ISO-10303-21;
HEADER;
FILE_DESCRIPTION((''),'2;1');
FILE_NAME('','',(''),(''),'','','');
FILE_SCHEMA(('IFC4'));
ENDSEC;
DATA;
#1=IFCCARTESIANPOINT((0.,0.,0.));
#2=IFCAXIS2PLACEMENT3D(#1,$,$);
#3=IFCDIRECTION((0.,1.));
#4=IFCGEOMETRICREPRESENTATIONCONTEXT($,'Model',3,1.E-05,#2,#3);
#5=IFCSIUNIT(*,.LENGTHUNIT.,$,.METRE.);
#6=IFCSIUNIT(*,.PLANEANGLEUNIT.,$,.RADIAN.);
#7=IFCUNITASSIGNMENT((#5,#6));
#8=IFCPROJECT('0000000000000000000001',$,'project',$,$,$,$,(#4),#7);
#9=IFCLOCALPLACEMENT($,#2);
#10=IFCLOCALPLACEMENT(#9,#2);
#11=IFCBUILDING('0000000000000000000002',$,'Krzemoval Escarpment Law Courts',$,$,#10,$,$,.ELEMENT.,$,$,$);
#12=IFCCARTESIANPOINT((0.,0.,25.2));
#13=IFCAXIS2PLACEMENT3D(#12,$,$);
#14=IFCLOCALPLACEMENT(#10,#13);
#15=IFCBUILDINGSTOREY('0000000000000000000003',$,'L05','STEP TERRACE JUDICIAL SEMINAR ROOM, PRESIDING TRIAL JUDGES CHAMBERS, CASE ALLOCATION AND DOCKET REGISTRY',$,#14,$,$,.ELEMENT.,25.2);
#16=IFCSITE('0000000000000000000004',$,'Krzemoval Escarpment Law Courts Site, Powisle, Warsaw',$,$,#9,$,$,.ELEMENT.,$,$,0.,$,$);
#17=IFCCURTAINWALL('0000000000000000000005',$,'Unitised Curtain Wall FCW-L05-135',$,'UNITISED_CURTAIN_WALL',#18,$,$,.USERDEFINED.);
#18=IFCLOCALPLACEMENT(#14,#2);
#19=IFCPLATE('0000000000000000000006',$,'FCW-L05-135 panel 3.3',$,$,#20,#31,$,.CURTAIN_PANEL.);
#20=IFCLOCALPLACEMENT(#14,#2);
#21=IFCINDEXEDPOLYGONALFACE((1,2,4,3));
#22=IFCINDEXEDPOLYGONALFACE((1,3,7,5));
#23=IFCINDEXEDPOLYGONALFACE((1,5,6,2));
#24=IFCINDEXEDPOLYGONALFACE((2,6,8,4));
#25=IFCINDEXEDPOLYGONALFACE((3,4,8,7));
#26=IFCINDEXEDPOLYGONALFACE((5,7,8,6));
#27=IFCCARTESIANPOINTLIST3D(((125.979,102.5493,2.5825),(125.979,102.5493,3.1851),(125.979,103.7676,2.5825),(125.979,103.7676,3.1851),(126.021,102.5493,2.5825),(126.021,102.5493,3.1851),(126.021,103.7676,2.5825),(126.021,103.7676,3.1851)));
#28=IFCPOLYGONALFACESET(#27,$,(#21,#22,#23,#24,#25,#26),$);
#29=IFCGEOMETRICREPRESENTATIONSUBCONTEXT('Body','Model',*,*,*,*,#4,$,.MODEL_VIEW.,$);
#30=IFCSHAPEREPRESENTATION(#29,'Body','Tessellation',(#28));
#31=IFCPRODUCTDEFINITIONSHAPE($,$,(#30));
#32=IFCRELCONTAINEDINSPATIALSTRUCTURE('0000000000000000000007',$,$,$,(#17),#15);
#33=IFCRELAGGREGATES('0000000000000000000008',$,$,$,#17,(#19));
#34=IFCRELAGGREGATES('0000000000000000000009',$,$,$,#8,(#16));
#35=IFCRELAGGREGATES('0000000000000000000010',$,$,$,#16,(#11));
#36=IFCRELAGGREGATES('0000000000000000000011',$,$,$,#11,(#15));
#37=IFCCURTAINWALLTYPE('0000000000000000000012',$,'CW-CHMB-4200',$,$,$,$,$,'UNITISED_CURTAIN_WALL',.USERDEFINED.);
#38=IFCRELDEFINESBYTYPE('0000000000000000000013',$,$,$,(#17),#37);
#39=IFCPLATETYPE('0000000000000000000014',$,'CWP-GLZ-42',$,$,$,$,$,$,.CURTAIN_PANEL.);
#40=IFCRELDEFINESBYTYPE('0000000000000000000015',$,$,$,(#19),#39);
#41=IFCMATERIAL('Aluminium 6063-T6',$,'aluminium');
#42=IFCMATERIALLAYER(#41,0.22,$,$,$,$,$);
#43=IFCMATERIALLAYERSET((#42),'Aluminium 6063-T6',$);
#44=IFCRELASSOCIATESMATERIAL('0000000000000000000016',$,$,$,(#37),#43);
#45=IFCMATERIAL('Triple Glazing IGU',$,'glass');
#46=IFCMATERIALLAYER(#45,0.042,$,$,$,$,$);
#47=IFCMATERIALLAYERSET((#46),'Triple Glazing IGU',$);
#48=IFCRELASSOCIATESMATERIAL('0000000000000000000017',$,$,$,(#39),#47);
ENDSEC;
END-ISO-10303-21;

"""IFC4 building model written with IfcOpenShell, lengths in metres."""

from ifc_helpers import new_model, si_unit, direction, frame, origin, origin_2d, place, context, subcontext, project, spatial, rectangle, extrude, material, layer, layer_set, type_object, element, aggregate, save


model = new_model("IFC4")

# Units and contexts
model_context = context("Model", 3, precision=1e-05, world=origin(), true_north=direction((0.0, 1.0)))
body_context = subcontext(model_context, "Body", "Model", "MODEL_VIEW")
ifc_project = project(units=[si_unit("LENGTHUNIT", "METRE"), si_unit("PLANEANGLEUNIT", "RADIAN")], contexts=[model_context])

# Site, building, storey
site_placement = place(None, origin())
site = spatial("IfcSite", under=ifc_project, at=site_placement, Name="Krzemoval Escarpment Law Courts Site, Powisle, Warsaw", CompositionType="ELEMENT", RefElevation=0.0)
building_placement = place(site_placement, origin())
building = spatial("IfcBuilding", under=site, at=building_placement, Name="Krzemoval Escarpment Law Courts", CompositionType="ELEMENT")
storey_placement = place(building_placement, frame((0.0, 0.0, 25.2)))
storey = spatial("IfcBuildingStorey", under=building, at=storey_placement, Name="L05", Description="STEP TERRACE JUDICIAL SEMINAR ROOM, PRESIDING TRIAL JUDGES CHAMBERS, CASE ALLOCATION AND DOCKET REGISTRY", CompositionType="ELEMENT", Elevation=25.2)

# Curtain wall, plate
ifc_material_1 = material(Name="Aluminium 6063-T6", Category="aluminium")
ifc_layer_1 = layer(ifc_material_1, 0.22)
ifc_layer_set_1 = layer_set([ifc_layer_1], Name="Aluminium 6063-T6")
curtain_wall_type = type_object("IfcCurtainWallType", Name="CW-CHMB-4200", ElementType="UNITISED_CURTAIN_WALL", PredefinedType="USERDEFINED", material=ifc_layer_set_1)
curtain_wall_placement = place(storey_placement, origin())
curtain_wall = element("IfcCurtainWall", 1, at=curtain_wall_placement, inside=storey, type_object=curtain_wall_type, Name="Unitised Curtain Wall FCW-L05-135", ObjectType="UNITISED_CURTAIN_WALL", PredefinedType="USERDEFINED")
ifc_material_2 = material(Name="Triple Glazing IGU", Category="glass")
ifc_layer_2 = layer(ifc_material_2, 0.042)
ifc_layer_set_2 = layer_set([ifc_layer_2], Name="Triple Glazing IGU")
plate_type = type_object("IfcPlateType", Name="CWP-GLZ-42", PredefinedType="CURTAIN_PANEL", material=ifc_layer_set_2)
plate_1_placement = place(storey_placement, frame((126.0, 103.1584, 2.5825), z_axis=(0.0, 0.0, 1.0), x_axis=(0.0, 1.0, 0.0)))
plate_1 = element("IfcPlate", 2, at=plate_1_placement, type_object=plate_type, Name="FCW-L05-135 panel 3.3", PredefinedType="CURTAIN_PANEL", context=body_context, shape_type="SweptSolid", body=[
    extrude(rectangle(XDim=1.2183, YDim=0.042, at=origin_2d()), origin(), (0.0, 0.0, 1.0), 0.6025),
])
aggregate(curtain_wall, [plate_1])

save(model, "model.ifc")
